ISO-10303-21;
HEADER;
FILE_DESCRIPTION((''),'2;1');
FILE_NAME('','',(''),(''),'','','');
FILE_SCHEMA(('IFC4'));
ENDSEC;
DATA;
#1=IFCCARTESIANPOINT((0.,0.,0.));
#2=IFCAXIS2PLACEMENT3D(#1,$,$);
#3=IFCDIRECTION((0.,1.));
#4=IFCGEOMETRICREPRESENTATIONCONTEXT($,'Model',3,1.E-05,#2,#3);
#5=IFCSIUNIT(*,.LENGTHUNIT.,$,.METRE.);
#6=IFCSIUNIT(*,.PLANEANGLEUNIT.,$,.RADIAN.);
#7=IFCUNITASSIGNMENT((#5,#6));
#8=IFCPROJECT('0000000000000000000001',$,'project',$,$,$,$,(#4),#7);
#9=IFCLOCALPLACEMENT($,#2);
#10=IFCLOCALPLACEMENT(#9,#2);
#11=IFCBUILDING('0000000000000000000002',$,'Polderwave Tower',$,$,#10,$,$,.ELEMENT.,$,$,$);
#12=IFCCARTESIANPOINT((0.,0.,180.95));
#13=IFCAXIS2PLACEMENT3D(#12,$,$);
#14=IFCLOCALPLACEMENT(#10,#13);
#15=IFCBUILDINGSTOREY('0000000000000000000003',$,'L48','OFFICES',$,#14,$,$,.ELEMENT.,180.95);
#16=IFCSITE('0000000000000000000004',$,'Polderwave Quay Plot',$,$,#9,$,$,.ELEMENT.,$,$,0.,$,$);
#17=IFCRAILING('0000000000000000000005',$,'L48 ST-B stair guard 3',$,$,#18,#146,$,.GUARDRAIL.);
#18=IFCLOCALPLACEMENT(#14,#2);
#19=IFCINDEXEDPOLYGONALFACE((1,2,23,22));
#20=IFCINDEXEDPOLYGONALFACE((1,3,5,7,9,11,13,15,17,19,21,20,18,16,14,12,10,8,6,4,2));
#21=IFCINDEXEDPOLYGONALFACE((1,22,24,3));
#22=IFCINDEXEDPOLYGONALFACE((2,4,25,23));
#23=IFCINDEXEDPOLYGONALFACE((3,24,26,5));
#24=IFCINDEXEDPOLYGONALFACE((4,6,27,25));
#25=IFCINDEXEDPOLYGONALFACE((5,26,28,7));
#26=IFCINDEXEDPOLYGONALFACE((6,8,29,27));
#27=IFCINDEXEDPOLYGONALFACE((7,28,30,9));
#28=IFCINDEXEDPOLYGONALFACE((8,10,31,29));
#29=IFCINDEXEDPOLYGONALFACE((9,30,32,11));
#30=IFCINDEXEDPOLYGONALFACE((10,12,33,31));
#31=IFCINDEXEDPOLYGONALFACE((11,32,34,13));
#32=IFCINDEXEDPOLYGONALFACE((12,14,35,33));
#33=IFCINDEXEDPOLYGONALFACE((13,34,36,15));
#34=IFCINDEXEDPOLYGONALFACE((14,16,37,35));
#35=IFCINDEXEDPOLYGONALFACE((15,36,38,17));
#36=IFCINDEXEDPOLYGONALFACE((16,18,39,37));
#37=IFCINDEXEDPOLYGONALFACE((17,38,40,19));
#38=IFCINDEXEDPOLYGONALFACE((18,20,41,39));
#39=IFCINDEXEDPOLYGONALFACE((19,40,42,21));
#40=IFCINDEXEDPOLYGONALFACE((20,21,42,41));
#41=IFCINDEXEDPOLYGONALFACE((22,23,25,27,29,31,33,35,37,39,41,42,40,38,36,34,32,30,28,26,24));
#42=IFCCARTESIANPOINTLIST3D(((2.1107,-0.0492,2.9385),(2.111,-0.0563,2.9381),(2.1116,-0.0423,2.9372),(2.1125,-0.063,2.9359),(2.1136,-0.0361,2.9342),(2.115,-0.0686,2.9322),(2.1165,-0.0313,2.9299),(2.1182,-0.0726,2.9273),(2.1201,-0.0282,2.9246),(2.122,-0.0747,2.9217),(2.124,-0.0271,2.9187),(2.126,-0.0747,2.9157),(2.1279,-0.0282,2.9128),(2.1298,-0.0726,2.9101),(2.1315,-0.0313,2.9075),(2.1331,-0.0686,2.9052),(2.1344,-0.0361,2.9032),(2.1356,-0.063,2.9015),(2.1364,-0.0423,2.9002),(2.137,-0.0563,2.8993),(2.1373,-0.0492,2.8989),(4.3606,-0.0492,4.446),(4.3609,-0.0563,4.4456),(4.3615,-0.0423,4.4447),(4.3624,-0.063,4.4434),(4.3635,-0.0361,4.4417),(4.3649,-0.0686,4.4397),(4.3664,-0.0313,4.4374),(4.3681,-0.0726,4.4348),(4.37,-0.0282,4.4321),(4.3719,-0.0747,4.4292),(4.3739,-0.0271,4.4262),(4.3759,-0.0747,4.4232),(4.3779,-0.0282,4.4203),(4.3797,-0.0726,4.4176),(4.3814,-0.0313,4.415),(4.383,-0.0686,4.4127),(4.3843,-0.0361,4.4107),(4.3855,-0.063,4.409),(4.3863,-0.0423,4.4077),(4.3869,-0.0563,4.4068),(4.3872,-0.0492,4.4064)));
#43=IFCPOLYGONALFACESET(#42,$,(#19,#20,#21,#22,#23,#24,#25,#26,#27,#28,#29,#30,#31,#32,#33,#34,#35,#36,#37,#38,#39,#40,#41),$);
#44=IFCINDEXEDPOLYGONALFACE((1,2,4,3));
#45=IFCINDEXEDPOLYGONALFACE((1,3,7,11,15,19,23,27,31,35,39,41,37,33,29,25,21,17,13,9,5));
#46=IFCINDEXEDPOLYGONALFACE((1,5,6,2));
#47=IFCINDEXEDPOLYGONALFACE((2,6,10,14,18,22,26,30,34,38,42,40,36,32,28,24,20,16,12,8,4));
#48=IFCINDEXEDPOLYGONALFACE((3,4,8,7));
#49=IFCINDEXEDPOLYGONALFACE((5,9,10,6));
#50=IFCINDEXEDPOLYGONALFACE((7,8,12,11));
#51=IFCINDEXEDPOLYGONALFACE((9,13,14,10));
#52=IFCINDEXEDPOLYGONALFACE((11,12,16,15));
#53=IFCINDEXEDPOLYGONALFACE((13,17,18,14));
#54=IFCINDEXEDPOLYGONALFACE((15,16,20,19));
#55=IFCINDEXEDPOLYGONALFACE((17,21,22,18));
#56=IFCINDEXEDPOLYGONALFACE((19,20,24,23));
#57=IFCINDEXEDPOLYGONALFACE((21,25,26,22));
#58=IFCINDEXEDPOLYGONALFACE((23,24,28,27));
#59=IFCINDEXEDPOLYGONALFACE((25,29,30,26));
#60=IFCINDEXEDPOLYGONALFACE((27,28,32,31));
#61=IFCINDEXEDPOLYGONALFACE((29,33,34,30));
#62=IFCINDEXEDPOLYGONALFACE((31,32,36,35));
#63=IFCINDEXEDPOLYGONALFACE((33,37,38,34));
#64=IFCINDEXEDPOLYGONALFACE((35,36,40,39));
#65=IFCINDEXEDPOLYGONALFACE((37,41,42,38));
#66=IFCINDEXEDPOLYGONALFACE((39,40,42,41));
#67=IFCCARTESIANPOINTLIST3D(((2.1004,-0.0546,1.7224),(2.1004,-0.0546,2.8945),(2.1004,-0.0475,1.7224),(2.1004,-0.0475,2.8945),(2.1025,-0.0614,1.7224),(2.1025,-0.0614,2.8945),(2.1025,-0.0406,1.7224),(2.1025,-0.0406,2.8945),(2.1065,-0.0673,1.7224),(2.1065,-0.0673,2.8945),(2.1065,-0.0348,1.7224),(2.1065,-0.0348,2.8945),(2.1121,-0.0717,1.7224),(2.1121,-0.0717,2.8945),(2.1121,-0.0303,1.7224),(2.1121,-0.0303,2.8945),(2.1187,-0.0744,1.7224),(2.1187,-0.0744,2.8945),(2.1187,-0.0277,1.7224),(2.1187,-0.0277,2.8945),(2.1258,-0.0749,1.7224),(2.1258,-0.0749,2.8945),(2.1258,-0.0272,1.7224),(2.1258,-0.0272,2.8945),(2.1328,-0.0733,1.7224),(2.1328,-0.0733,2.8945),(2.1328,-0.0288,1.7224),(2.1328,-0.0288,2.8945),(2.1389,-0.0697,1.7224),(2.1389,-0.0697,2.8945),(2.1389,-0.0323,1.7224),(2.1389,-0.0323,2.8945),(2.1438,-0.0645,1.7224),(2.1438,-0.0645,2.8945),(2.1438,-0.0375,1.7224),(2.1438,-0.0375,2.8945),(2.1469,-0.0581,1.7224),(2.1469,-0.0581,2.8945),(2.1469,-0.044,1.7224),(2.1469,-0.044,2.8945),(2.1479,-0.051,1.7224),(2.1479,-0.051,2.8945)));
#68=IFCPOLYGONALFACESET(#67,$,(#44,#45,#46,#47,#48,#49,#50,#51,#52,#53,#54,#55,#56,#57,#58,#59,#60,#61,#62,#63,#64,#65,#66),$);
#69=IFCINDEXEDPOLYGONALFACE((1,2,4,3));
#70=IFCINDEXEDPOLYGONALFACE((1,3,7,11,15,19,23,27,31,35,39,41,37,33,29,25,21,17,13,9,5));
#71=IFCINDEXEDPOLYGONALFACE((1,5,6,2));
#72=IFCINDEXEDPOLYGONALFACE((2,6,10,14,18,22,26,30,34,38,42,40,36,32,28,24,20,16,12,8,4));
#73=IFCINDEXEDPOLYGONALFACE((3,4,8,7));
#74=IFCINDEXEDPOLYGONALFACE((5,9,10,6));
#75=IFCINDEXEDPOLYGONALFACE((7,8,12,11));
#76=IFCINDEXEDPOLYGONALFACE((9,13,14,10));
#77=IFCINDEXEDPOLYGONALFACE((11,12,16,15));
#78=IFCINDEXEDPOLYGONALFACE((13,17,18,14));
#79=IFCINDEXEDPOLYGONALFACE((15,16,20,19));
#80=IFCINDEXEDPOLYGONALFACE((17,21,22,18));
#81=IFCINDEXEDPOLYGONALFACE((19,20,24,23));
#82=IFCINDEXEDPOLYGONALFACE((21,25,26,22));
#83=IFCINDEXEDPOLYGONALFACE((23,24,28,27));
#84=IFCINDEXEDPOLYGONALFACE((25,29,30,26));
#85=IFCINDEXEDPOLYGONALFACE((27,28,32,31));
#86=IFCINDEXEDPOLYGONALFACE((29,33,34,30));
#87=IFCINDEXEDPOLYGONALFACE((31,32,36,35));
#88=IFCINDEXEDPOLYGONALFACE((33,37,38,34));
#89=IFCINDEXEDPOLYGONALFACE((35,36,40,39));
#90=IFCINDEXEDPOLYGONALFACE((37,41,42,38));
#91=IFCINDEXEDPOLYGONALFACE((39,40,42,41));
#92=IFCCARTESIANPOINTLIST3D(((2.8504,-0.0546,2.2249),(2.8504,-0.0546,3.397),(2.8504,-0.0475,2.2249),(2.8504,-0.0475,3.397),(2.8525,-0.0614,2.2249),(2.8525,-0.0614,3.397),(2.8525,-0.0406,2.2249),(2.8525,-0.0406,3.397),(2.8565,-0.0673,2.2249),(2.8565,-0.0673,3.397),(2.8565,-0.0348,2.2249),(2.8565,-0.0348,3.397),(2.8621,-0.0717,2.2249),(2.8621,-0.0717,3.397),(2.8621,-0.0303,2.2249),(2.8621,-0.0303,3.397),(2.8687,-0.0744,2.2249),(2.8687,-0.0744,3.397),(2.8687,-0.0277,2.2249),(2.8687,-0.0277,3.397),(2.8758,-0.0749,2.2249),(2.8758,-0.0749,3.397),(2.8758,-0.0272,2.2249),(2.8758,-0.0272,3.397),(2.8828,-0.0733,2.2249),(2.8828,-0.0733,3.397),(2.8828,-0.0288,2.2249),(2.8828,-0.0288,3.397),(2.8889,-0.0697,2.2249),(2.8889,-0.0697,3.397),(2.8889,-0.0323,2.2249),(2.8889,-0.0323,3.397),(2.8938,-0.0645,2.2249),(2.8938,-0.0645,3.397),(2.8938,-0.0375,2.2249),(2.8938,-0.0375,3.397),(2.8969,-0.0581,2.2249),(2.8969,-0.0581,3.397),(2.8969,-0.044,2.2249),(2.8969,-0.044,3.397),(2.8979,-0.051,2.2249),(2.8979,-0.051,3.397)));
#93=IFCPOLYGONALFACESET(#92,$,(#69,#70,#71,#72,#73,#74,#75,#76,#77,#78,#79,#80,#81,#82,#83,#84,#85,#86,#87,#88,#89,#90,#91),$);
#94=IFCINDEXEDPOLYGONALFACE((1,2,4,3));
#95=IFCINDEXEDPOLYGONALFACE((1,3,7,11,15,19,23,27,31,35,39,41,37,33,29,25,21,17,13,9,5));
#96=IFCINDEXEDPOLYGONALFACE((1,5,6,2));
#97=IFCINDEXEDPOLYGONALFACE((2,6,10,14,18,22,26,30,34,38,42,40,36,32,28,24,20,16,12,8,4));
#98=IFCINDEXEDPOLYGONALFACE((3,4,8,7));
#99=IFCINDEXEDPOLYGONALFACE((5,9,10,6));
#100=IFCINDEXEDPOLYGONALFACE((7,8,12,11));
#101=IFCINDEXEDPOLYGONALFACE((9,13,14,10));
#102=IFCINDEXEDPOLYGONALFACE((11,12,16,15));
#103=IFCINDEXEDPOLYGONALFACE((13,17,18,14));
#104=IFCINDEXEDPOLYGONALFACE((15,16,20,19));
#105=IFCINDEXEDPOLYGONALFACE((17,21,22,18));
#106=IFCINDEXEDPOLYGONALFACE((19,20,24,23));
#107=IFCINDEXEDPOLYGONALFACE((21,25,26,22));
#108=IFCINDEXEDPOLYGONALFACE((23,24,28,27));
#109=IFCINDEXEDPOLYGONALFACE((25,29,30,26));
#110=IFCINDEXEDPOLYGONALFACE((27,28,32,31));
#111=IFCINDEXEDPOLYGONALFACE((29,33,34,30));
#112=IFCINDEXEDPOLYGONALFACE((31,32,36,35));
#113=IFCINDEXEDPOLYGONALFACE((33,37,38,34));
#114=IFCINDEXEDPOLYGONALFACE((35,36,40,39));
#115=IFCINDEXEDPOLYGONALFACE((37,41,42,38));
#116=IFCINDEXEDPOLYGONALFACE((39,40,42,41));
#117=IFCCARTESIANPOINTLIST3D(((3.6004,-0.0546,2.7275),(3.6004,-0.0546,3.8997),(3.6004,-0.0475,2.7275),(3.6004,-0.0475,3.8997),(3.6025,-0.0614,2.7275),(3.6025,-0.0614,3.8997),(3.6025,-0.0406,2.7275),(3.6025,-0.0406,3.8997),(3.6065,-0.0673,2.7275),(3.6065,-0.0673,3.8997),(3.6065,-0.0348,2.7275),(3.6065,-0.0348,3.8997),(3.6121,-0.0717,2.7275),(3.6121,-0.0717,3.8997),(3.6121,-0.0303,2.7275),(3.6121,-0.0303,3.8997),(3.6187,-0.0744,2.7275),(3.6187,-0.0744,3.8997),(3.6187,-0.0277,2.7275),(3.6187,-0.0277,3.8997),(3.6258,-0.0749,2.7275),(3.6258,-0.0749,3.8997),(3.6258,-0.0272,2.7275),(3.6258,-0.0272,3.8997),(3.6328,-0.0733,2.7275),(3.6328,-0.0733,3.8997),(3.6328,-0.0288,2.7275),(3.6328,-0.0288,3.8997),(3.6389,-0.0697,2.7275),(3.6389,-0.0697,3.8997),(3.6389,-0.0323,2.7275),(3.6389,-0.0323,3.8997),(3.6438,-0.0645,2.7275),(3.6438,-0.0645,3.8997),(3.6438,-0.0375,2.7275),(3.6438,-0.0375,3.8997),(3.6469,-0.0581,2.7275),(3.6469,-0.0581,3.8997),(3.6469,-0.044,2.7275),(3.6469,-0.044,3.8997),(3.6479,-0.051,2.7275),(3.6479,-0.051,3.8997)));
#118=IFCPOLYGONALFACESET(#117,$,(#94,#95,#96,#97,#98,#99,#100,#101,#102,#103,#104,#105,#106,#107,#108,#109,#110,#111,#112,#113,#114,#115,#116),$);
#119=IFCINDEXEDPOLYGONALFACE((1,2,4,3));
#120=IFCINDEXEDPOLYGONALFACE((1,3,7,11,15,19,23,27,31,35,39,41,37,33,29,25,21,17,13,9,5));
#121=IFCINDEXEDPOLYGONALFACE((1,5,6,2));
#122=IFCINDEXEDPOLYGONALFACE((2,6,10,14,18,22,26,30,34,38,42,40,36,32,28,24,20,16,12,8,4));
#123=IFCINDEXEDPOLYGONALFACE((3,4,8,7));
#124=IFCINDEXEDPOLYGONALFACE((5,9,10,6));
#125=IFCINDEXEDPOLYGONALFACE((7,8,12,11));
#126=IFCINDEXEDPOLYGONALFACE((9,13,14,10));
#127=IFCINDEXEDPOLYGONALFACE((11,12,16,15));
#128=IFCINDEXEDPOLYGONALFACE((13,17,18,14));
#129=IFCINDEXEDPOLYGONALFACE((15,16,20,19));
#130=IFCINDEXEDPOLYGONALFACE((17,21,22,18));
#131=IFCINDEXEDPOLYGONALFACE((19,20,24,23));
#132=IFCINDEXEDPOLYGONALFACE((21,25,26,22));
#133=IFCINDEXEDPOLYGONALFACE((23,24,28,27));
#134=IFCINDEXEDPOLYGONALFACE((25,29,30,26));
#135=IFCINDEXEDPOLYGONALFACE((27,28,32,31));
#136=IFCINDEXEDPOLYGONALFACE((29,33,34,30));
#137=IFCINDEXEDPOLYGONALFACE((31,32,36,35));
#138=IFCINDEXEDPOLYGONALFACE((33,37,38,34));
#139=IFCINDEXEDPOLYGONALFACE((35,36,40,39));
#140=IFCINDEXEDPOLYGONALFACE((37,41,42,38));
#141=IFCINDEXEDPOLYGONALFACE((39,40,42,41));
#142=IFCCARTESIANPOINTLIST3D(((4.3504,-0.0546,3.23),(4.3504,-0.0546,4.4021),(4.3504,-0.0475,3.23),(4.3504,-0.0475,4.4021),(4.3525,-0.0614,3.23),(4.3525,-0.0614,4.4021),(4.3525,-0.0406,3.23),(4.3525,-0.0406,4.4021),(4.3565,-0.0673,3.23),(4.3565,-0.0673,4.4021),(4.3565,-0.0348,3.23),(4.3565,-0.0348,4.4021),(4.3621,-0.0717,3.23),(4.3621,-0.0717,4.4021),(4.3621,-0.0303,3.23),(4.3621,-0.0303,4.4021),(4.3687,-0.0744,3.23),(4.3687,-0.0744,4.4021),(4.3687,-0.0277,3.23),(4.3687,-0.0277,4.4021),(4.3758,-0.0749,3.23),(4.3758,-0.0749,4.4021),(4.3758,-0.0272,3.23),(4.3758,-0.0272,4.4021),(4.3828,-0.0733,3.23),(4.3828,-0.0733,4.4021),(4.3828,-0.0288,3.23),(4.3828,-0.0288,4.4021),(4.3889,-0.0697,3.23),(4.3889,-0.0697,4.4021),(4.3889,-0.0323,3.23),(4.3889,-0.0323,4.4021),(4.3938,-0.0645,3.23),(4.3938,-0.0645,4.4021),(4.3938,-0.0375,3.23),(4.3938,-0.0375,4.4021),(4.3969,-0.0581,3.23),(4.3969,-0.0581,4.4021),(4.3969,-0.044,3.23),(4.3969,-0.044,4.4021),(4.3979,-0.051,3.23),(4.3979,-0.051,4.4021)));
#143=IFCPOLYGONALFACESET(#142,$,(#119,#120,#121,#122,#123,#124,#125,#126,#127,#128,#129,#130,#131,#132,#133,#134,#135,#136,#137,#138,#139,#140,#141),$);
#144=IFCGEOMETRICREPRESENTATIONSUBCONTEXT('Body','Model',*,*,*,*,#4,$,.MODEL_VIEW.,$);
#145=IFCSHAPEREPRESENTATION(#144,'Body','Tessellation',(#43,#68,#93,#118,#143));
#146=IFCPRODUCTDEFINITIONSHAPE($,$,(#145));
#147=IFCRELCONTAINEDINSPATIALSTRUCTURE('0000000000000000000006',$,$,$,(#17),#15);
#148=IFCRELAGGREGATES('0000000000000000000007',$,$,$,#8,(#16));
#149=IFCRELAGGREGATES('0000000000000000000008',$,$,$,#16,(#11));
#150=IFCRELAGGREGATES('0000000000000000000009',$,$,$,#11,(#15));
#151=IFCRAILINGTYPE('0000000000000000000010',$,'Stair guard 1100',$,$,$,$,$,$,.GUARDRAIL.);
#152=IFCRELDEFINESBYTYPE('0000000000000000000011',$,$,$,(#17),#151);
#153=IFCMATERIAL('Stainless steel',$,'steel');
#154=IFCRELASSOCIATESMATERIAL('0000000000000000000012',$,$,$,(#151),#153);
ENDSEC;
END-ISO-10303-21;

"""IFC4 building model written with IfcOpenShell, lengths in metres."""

from ifc_helpers import new_model, si_unit, direction, frame, origin, origin_2d, place, context, subcontext, project, spatial, circle, extrude, material, type_object, element, save


model = new_model("IFC4")

# Units and contexts
model_context = context("Model", 3, precision=1e-05, world=origin(), true_north=direction((0.0, 1.0)))
body_context = subcontext(model_context, "Body", "Model", "MODEL_VIEW")
ifc_project = project(units=[si_unit("LENGTHUNIT", "METRE"), si_unit("PLANEANGLEUNIT", "RADIAN")], contexts=[model_context])

# Site, building, storey
site_placement = place(None, origin())
site = spatial("IfcSite", under=ifc_project, at=site_placement, Name="Polderwave Quay Plot", CompositionType="ELEMENT", RefElevation=0.0)
building_placement = place(site_placement, origin())
building = spatial("IfcBuilding", under=site, at=building_placement, Name="Polderwave Tower", CompositionType="ELEMENT")
storey_placement = place(building_placement, frame((0.0, 0.0, 180.95)))
storey = spatial("IfcBuildingStorey", under=building, at=storey_placement, Name="L48", Description="OFFICES", CompositionType="ELEMENT", Elevation=180.95)

# Railing
ifc_material_1 = material(Name="Stainless steel", Category="steel")
railing_type_1 = type_object("IfcRailingType", Name="Stair guard 1100", PredefinedType="GUARDRAIL", material=ifc_material_1)
railing_1_placement = place(storey_placement, frame((2.124, -0.051, 1.7224)))
element("IfcRailing", 1, at=railing_1_placement, inside=storey, type_object=railing_type_1, Name="L48 ST-B stair guard 3", PredefinedType="GUARDRAIL", context=body_context, shape_type="SweptSolid", body=[
    extrude(circle(Radius=0.0239, at=origin_2d()), frame((0.0, 0.0, 1.1963), z_axis=(0.830758, 0.0, 0.556633), x_axis=(0.0, 1.0, 0.0)), (0.0, 0.0, 1.0), 2.7083),
    extrude(circle(Radius=0.0239, at=origin_2d()), origin(), (0.0, 0.0, 1.0), 1.1721),
    extrude(circle(Radius=0.0239, at=origin_2d()), frame((0.75, 0.0, 0.5024)), (0.0, 0.0, 1.0), 1.1721),
    extrude(circle(Radius=0.0239, at=origin_2d()), frame((1.5, 0.0, 1.0051)), (0.0, 0.0, 1.0), 1.1721),
    extrude(circle(Radius=0.0239, at=origin_2d()), frame((2.25, 0.0, 1.5076)), (0.0, 0.0, 1.0), 1.1721),
])

save(model, "model.ifc")
